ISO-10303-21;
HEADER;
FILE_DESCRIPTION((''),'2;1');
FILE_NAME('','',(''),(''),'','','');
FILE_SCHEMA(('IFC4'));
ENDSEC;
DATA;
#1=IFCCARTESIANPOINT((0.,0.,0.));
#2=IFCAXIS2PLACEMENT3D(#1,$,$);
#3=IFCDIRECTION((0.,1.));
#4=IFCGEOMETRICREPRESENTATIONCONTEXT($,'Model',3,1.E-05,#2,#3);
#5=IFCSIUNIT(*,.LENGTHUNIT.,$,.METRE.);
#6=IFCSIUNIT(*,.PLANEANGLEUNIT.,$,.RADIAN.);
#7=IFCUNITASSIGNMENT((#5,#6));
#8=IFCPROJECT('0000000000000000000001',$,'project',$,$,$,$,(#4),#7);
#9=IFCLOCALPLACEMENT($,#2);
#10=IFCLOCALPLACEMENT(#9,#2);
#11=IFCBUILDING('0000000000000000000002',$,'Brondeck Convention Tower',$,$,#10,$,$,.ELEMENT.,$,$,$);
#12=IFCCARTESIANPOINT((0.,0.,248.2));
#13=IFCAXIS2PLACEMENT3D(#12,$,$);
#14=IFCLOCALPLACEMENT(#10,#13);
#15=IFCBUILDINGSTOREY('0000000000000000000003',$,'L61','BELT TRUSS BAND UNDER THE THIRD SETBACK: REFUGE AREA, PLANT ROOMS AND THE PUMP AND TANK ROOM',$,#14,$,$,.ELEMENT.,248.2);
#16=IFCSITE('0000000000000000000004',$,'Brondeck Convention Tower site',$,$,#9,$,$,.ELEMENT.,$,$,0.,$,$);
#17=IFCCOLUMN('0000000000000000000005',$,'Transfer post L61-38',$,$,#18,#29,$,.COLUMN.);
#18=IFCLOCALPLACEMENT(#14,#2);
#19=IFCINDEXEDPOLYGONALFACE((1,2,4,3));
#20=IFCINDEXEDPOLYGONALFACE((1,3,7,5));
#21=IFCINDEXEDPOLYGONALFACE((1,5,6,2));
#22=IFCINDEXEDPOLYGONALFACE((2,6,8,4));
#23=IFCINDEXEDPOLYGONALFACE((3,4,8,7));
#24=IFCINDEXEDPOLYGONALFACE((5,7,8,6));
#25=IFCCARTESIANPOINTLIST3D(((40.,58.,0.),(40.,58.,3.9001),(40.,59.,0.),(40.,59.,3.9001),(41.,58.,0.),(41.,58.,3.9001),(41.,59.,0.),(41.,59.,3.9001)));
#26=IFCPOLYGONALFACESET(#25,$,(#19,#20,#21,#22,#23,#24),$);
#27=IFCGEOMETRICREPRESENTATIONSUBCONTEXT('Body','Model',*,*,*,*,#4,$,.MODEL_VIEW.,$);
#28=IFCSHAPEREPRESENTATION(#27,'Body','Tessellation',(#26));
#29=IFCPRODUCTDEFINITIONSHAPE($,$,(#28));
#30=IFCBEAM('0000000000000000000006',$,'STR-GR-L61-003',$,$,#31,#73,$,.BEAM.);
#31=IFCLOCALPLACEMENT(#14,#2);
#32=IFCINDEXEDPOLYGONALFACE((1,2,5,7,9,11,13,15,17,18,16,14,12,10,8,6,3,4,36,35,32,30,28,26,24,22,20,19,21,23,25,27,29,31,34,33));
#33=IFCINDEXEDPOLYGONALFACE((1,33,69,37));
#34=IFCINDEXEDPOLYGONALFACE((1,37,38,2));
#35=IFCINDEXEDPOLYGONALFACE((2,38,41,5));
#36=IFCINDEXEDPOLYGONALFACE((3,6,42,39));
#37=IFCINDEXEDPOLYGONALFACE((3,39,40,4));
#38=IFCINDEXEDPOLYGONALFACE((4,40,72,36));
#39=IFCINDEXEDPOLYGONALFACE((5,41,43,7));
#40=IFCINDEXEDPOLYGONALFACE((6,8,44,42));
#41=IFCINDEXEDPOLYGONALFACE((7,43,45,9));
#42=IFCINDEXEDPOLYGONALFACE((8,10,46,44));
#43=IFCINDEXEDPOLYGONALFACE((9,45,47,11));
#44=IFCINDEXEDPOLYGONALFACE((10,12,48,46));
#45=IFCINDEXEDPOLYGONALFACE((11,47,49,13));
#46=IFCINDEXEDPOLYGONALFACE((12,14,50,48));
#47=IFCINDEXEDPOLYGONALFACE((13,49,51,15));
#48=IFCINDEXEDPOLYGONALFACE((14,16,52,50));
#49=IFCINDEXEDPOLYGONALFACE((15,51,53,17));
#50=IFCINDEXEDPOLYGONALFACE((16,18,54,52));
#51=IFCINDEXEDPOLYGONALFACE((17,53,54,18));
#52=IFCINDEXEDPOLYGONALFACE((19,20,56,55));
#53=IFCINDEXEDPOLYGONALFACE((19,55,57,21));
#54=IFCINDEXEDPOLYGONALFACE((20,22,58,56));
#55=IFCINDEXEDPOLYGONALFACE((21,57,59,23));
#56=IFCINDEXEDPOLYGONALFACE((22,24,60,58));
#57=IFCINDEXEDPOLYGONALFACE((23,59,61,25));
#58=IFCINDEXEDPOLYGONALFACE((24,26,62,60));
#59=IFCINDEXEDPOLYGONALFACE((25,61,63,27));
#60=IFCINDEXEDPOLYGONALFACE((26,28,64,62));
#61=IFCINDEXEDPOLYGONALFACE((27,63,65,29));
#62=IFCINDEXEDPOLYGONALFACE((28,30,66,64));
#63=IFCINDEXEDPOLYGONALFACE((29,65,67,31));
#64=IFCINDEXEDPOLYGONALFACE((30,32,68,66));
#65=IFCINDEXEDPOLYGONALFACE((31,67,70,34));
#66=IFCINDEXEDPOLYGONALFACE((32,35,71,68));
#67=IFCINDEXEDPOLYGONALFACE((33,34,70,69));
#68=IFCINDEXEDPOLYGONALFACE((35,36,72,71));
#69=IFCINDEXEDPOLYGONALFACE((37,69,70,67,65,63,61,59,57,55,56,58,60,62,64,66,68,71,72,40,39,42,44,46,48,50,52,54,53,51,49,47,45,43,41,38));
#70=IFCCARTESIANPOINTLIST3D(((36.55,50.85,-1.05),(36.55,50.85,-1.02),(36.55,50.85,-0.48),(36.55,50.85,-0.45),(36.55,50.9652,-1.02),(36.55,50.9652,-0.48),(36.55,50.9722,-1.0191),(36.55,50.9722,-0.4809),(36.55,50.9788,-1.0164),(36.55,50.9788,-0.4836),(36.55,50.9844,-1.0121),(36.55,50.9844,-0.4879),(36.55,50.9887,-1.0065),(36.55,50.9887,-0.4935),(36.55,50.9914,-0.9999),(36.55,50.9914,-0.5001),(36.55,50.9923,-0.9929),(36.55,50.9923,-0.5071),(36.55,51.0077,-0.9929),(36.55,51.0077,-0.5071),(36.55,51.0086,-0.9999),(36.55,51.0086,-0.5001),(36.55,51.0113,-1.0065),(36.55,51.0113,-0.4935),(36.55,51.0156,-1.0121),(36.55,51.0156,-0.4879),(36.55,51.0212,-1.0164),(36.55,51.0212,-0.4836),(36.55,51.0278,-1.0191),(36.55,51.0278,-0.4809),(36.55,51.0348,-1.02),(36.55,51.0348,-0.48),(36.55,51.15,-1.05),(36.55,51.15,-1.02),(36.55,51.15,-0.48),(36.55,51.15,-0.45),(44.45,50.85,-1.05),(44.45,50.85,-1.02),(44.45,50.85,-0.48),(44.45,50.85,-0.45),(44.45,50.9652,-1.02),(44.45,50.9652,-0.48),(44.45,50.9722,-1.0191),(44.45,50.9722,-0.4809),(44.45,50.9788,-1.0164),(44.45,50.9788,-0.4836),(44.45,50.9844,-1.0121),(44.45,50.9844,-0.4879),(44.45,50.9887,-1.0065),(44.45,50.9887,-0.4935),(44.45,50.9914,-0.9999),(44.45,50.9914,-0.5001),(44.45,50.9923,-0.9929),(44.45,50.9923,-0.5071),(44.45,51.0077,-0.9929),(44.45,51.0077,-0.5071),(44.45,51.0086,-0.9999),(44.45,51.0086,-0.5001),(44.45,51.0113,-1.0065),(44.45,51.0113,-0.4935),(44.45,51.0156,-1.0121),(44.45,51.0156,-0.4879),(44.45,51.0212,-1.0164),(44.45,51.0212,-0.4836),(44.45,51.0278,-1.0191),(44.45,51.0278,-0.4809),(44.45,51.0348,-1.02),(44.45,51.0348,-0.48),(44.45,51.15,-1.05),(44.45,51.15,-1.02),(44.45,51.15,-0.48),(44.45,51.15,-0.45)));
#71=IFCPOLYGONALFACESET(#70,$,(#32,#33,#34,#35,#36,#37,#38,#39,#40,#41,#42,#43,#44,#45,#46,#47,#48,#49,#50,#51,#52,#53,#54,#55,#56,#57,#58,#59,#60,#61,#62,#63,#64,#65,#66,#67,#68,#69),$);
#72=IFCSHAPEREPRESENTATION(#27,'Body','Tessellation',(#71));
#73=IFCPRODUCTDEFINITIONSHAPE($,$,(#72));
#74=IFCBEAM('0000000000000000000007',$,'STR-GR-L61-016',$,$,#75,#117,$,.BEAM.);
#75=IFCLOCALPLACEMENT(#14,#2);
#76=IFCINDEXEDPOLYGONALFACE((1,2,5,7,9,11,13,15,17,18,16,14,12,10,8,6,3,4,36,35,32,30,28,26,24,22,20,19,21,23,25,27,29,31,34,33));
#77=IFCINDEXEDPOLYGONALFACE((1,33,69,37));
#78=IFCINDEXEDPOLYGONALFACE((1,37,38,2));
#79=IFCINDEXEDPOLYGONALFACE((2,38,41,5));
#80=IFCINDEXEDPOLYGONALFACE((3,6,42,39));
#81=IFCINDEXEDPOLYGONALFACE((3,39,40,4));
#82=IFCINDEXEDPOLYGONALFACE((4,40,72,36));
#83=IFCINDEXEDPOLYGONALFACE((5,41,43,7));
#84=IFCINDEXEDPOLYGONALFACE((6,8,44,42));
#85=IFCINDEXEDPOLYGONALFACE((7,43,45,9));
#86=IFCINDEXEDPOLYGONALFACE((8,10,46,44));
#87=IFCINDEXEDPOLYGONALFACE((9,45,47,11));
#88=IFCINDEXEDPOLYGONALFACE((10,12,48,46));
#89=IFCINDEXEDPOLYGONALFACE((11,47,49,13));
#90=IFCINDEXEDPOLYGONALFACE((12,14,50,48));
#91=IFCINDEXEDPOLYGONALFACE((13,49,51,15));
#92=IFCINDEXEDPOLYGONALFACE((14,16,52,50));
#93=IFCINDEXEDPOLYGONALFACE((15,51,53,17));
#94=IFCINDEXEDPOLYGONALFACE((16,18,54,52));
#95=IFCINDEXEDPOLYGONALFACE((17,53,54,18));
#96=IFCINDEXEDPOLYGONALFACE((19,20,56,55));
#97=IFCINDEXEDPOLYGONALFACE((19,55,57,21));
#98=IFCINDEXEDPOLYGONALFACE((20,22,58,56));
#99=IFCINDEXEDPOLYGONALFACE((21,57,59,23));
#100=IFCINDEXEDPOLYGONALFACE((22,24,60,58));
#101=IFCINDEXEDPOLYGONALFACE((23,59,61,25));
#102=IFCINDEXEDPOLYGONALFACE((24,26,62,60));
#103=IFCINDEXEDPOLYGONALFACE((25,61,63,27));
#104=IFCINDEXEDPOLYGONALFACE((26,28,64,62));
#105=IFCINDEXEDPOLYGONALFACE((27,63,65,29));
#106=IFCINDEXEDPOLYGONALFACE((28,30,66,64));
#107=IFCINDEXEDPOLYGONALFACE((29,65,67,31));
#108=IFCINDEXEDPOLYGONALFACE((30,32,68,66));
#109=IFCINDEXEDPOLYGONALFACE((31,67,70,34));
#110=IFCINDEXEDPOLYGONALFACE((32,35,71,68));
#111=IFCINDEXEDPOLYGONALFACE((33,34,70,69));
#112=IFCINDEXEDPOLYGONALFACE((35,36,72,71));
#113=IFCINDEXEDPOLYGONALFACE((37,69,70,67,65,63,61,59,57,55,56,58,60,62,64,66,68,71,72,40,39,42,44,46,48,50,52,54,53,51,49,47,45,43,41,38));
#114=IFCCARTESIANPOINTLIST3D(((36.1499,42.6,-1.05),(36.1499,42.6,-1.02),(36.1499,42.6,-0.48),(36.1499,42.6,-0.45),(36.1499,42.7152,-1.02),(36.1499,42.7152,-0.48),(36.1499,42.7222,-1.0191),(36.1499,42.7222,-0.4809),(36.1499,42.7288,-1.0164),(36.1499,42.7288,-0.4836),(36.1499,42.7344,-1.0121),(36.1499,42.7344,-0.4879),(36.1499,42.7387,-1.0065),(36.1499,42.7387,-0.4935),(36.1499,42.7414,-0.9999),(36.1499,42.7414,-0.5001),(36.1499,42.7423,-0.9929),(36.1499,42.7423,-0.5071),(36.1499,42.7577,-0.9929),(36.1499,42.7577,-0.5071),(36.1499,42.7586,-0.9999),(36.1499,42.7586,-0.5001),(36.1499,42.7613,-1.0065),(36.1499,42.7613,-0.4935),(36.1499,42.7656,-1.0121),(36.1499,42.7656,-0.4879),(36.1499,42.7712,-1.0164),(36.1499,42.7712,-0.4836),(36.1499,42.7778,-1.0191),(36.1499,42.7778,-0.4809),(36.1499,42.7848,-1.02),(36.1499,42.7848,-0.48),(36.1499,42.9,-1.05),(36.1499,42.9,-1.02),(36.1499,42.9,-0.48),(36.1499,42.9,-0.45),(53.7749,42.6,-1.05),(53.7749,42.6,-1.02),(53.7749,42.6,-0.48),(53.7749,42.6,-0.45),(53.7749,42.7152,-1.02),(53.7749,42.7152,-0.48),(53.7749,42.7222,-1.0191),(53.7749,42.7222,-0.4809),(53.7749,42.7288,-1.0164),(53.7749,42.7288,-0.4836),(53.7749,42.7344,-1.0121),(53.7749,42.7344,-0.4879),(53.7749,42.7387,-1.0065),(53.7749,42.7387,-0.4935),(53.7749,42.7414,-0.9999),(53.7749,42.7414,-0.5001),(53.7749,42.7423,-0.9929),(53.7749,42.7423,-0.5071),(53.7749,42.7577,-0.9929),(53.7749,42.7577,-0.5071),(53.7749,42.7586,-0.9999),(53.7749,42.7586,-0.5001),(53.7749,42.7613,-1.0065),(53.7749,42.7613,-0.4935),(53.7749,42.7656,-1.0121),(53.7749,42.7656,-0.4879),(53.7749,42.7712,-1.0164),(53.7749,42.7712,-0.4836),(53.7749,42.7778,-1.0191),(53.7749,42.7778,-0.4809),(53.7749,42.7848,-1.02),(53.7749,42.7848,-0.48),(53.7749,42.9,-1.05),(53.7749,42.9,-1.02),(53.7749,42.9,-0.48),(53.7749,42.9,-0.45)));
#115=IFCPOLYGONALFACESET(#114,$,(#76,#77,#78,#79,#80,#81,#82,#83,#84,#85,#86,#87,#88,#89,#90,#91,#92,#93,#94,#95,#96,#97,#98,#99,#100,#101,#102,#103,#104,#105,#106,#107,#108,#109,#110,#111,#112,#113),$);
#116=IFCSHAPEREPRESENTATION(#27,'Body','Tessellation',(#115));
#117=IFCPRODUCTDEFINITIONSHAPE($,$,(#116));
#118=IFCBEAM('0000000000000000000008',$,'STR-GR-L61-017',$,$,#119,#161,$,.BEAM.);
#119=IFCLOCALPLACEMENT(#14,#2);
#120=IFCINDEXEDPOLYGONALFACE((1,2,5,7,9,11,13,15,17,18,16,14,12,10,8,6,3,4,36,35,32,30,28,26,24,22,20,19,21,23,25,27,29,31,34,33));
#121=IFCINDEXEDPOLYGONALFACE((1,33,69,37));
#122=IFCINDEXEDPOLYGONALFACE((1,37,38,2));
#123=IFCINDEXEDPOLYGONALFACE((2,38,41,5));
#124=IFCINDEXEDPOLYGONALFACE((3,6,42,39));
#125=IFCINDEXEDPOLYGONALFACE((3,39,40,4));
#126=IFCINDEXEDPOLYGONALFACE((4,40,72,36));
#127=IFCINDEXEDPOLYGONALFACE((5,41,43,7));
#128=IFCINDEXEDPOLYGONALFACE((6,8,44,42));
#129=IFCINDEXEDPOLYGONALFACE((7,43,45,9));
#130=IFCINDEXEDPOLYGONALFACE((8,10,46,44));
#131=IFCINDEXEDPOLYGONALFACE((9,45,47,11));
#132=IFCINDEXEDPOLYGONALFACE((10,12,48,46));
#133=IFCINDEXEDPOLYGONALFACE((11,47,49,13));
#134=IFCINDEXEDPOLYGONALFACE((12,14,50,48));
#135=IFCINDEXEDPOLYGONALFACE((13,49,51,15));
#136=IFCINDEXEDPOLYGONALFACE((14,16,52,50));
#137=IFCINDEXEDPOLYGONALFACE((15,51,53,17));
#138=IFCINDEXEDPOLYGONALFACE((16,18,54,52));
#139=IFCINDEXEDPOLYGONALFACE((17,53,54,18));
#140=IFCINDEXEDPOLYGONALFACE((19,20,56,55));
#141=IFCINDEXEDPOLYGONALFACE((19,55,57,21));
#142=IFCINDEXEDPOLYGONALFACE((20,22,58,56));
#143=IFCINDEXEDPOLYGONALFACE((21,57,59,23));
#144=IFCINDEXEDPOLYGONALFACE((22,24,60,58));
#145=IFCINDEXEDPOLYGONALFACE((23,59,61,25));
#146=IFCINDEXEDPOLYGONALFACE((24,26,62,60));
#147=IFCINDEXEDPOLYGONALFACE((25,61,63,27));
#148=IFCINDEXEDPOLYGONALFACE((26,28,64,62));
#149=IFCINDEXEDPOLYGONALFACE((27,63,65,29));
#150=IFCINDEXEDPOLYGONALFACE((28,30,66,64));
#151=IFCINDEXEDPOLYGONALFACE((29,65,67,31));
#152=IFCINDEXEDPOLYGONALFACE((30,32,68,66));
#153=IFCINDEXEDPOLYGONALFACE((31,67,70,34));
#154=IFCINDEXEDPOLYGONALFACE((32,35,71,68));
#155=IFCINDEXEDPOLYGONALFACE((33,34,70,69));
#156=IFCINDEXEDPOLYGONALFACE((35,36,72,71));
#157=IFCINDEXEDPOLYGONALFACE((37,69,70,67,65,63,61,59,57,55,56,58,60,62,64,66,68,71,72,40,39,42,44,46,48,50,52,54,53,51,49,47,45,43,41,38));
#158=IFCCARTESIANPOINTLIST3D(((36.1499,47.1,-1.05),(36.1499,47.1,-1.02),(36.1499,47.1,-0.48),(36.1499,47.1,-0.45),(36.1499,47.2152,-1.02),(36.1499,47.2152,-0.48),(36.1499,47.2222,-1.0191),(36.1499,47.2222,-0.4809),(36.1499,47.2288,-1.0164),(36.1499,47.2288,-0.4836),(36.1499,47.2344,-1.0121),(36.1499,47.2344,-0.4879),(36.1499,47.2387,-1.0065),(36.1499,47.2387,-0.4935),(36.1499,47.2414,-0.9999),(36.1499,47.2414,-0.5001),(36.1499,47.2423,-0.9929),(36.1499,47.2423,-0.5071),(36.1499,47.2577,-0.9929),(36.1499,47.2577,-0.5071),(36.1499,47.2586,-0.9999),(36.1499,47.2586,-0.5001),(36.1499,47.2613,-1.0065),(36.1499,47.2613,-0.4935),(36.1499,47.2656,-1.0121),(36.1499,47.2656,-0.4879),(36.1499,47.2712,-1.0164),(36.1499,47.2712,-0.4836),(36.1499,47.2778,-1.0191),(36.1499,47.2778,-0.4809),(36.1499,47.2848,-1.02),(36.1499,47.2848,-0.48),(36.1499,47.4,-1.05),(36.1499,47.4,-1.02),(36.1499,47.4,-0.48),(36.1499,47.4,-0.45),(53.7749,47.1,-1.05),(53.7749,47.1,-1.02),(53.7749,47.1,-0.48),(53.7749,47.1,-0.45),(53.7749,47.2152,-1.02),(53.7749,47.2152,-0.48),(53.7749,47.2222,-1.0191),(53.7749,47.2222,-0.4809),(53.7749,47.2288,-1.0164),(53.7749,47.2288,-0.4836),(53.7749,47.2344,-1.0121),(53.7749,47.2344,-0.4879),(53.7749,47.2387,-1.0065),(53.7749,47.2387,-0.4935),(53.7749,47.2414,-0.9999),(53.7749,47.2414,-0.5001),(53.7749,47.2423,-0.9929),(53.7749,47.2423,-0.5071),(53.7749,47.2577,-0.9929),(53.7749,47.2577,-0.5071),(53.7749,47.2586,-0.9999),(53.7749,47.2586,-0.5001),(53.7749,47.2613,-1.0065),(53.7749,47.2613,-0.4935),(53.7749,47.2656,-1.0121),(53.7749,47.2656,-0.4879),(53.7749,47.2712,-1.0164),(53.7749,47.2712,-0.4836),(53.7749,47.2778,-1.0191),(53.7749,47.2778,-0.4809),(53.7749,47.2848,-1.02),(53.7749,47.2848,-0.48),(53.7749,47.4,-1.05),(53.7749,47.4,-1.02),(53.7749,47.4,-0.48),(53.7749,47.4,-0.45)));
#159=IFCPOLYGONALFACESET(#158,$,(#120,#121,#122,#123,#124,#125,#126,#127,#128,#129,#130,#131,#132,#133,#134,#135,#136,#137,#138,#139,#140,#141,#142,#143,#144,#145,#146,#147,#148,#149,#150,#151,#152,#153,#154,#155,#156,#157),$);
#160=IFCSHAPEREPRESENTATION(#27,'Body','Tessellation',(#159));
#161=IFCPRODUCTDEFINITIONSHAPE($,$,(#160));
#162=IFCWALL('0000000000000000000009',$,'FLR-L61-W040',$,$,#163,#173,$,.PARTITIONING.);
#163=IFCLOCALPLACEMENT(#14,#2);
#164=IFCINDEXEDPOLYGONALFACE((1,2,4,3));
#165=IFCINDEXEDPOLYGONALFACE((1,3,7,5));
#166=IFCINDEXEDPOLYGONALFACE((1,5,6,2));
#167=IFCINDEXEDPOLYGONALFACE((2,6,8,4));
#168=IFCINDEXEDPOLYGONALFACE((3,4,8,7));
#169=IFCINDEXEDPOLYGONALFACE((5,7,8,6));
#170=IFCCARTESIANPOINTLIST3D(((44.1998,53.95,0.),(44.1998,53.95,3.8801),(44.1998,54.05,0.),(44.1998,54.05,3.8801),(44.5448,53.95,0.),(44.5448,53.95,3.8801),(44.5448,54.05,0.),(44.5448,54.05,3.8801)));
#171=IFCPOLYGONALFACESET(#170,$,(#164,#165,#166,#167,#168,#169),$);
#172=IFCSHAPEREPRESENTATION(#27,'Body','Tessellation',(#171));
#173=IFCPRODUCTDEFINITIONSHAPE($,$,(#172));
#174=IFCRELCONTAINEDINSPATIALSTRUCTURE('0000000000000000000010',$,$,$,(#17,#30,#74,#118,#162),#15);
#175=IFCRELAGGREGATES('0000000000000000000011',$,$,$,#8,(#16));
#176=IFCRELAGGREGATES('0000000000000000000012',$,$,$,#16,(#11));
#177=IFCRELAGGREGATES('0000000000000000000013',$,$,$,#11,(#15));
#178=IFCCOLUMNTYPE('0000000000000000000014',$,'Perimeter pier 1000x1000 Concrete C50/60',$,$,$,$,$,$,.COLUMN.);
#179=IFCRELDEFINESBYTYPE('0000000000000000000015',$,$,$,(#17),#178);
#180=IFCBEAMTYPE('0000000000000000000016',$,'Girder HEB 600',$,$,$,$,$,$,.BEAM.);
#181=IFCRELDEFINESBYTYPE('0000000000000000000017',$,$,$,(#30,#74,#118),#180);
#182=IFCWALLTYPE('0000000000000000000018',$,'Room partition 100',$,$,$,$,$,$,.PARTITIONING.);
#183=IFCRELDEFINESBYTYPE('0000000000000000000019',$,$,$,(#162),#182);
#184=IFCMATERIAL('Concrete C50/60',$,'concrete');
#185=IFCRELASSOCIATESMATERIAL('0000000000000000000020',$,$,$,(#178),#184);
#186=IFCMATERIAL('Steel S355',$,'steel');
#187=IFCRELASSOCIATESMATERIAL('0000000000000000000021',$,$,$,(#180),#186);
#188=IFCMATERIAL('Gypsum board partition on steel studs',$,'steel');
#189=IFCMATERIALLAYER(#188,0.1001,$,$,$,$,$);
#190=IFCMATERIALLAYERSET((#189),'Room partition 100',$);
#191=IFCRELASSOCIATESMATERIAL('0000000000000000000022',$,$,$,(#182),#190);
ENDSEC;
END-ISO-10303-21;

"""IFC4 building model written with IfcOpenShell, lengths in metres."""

from ifc_helpers import new_model, si_unit, direction, frame, frame_2d, origin, origin_2d, place, context, subcontext, project, spatial, rectangle, i_section, extrude, material, layer, layer_set, material_profile, profile_set, type_object, element, save


model = new_model("IFC4")

# Units and contexts
model_context = context("Model", 3, precision=1e-05, world=origin(), true_north=direction((0.0, 1.0)))
body_context = subcontext(model_context, "Body", "Model", "MODEL_VIEW")
ifc_project = project(units=[si_unit("LENGTHUNIT", "METRE"), si_unit("PLANEANGLEUNIT", "RADIAN")], contexts=[model_context])

# Site, building, storey
site_placement = place(None, origin())
site = spatial("IfcSite", under=ifc_project, at=site_placement, Name="Brondeck Convention Tower site", CompositionType="ELEMENT", RefElevation=0.0)
building_placement = place(site_placement, origin())
building = spatial("IfcBuilding", under=site, at=building_placement, Name="Brondeck Convention Tower", CompositionType="ELEMENT")
storey_placement = place(building_placement, frame((0.0, 0.0, 248.2)))
storey = spatial("IfcBuildingStorey", under=building, at=storey_placement, Name="L61", Description="BELT TRUSS BAND UNDER THE THIRD SETBACK: REFUGE AREA, PLANT ROOMS AND THE PUMP AND TANK ROOM", CompositionType="ELEMENT", Elevation=248.2)

# Column
ifc_material_1 = material(Name="Concrete C50/60", Category="concrete")
ifc_material_profile_1 = material_profile(ifc_material_1, rectangle(XDim=1.0, YDim=1.0, at=origin_2d()), Name="Perimeter pier 1000x1000 Concrete C50/60")
ifc_profile_set_1 = profile_set([ifc_material_profile_1], Name="Concrete C50/60")
column_type = type_object("IfcColumnType", Name="Perimeter pier 1000x1000 Concrete C50/60", PredefinedType="COLUMN", material=ifc_profile_set_1)
column_placement = place(storey_placement, frame((40.5, 58.5, 0.0), z_axis=(0.0, 0.0, 1.0), x_axis=(1.0, 0.0, 0.0)))
element("IfcColumn", 1, at=column_placement, inside=storey, type_object=column_type, Name="Transfer post L61-38", PredefinedType="COLUMN", context=body_context, shape_type="SweptSolid", body=[
    extrude(rectangle(XDim=1.0, YDim=1.0, at=origin_2d()), origin(), (0.0, 0.0, 1.0), 3.9001),
])

# Beams
ifc_material_2 = material(Name="Steel S355", Category="steel")
ifc_material_profile_2 = material_profile(ifc_material_2, i_section(OverallWidth=0.3, OverallDepth=0.6001, WebThickness=0.0154, FlangeThickness=0.03, FilletRadius=0.0271, at=origin_2d()), Name="HEB 600")
ifc_profile_set_2 = profile_set([ifc_material_profile_2], Name="Steel S355")
beam_type = type_object("IfcBeamType", Name="Girder HEB 600", PredefinedType="BEAM", material=ifc_profile_set_2)
beam_placement = place(storey_placement, frame((36.55, 51.0, -0.75), z_axis=(1.0, 0.0, 0.0), x_axis=(0.0, 1.0, 0.0)))
element("IfcBeam", 2, at=beam_placement, inside=storey, type_object=beam_type, Name="STR-GR-L61-003", PredefinedType="BEAM", context=body_context, shape_type="SweptSolid", body=[
    extrude(i_section(OverallWidth=0.3, OverallDepth=0.6001, WebThickness=0.0154, FlangeThickness=0.03, FilletRadius=0.0271, at=origin_2d()), origin(), (0.0, 0.0, 1.0), 7.8999),
])
for number, where, z_axis, x_axis, name in (
    (3, (36.1499, 42.75, -0.75), (1.0, 0.0, 0.0), (0.0, 1.0, 0.0), "STR-GR-L61-016"),
    (4, (36.1499, 47.25, -0.75), (1.0, 0.0, 0.0), (0.0, 1.0, 0.0), "STR-GR-L61-017"),
):
    element("IfcBeam", number, at=place(storey_placement, frame(where, z_axis=z_axis, x_axis=x_axis)), inside=storey, type_object=beam_type, Name=name, PredefinedType="BEAM", context=body_context, shape_type="SweptSolid", body=[
        extrude(i_section(OverallWidth=0.3, OverallDepth=0.6001, WebThickness=0.0154, FlangeThickness=0.03, FilletRadius=0.0271, at=origin_2d()), origin(), (0.0, 0.0, 1.0), 17.625),
    ])

# Wall
ifc_material_3 = material(Name="Gypsum board partition on steel studs", Category="steel")
ifc_layer_1 = layer(ifc_material_3, 0.1001)
ifc_layer_set_1 = layer_set([ifc_layer_1], Name="Room partition 100")
wall_type_1 = type_object("IfcWallType", Name="Room partition 100", PredefinedType="PARTITIONING", material=ifc_layer_set_1)
wall_1_placement = place(storey_placement, frame((44.2, 54.0, 0.0), z_axis=(0.0, 0.0, 1.0), x_axis=(1.0, 0.0, 0.0)))
element("IfcWall", 5, at=wall_1_placement, inside=storey, type_object=wall_type_1, Name="FLR-L61-W040", PredefinedType="PARTITIONING", context=body_context, shape_type="SweptSolid", body=[
    extrude(rectangle(XDim=0.345, YDim=0.1001, at=frame_2d((0.1724, 0.0))), origin(), (0.0, 0.0, 1.0), 3.8801),
])

save(model, "model.ifc")
